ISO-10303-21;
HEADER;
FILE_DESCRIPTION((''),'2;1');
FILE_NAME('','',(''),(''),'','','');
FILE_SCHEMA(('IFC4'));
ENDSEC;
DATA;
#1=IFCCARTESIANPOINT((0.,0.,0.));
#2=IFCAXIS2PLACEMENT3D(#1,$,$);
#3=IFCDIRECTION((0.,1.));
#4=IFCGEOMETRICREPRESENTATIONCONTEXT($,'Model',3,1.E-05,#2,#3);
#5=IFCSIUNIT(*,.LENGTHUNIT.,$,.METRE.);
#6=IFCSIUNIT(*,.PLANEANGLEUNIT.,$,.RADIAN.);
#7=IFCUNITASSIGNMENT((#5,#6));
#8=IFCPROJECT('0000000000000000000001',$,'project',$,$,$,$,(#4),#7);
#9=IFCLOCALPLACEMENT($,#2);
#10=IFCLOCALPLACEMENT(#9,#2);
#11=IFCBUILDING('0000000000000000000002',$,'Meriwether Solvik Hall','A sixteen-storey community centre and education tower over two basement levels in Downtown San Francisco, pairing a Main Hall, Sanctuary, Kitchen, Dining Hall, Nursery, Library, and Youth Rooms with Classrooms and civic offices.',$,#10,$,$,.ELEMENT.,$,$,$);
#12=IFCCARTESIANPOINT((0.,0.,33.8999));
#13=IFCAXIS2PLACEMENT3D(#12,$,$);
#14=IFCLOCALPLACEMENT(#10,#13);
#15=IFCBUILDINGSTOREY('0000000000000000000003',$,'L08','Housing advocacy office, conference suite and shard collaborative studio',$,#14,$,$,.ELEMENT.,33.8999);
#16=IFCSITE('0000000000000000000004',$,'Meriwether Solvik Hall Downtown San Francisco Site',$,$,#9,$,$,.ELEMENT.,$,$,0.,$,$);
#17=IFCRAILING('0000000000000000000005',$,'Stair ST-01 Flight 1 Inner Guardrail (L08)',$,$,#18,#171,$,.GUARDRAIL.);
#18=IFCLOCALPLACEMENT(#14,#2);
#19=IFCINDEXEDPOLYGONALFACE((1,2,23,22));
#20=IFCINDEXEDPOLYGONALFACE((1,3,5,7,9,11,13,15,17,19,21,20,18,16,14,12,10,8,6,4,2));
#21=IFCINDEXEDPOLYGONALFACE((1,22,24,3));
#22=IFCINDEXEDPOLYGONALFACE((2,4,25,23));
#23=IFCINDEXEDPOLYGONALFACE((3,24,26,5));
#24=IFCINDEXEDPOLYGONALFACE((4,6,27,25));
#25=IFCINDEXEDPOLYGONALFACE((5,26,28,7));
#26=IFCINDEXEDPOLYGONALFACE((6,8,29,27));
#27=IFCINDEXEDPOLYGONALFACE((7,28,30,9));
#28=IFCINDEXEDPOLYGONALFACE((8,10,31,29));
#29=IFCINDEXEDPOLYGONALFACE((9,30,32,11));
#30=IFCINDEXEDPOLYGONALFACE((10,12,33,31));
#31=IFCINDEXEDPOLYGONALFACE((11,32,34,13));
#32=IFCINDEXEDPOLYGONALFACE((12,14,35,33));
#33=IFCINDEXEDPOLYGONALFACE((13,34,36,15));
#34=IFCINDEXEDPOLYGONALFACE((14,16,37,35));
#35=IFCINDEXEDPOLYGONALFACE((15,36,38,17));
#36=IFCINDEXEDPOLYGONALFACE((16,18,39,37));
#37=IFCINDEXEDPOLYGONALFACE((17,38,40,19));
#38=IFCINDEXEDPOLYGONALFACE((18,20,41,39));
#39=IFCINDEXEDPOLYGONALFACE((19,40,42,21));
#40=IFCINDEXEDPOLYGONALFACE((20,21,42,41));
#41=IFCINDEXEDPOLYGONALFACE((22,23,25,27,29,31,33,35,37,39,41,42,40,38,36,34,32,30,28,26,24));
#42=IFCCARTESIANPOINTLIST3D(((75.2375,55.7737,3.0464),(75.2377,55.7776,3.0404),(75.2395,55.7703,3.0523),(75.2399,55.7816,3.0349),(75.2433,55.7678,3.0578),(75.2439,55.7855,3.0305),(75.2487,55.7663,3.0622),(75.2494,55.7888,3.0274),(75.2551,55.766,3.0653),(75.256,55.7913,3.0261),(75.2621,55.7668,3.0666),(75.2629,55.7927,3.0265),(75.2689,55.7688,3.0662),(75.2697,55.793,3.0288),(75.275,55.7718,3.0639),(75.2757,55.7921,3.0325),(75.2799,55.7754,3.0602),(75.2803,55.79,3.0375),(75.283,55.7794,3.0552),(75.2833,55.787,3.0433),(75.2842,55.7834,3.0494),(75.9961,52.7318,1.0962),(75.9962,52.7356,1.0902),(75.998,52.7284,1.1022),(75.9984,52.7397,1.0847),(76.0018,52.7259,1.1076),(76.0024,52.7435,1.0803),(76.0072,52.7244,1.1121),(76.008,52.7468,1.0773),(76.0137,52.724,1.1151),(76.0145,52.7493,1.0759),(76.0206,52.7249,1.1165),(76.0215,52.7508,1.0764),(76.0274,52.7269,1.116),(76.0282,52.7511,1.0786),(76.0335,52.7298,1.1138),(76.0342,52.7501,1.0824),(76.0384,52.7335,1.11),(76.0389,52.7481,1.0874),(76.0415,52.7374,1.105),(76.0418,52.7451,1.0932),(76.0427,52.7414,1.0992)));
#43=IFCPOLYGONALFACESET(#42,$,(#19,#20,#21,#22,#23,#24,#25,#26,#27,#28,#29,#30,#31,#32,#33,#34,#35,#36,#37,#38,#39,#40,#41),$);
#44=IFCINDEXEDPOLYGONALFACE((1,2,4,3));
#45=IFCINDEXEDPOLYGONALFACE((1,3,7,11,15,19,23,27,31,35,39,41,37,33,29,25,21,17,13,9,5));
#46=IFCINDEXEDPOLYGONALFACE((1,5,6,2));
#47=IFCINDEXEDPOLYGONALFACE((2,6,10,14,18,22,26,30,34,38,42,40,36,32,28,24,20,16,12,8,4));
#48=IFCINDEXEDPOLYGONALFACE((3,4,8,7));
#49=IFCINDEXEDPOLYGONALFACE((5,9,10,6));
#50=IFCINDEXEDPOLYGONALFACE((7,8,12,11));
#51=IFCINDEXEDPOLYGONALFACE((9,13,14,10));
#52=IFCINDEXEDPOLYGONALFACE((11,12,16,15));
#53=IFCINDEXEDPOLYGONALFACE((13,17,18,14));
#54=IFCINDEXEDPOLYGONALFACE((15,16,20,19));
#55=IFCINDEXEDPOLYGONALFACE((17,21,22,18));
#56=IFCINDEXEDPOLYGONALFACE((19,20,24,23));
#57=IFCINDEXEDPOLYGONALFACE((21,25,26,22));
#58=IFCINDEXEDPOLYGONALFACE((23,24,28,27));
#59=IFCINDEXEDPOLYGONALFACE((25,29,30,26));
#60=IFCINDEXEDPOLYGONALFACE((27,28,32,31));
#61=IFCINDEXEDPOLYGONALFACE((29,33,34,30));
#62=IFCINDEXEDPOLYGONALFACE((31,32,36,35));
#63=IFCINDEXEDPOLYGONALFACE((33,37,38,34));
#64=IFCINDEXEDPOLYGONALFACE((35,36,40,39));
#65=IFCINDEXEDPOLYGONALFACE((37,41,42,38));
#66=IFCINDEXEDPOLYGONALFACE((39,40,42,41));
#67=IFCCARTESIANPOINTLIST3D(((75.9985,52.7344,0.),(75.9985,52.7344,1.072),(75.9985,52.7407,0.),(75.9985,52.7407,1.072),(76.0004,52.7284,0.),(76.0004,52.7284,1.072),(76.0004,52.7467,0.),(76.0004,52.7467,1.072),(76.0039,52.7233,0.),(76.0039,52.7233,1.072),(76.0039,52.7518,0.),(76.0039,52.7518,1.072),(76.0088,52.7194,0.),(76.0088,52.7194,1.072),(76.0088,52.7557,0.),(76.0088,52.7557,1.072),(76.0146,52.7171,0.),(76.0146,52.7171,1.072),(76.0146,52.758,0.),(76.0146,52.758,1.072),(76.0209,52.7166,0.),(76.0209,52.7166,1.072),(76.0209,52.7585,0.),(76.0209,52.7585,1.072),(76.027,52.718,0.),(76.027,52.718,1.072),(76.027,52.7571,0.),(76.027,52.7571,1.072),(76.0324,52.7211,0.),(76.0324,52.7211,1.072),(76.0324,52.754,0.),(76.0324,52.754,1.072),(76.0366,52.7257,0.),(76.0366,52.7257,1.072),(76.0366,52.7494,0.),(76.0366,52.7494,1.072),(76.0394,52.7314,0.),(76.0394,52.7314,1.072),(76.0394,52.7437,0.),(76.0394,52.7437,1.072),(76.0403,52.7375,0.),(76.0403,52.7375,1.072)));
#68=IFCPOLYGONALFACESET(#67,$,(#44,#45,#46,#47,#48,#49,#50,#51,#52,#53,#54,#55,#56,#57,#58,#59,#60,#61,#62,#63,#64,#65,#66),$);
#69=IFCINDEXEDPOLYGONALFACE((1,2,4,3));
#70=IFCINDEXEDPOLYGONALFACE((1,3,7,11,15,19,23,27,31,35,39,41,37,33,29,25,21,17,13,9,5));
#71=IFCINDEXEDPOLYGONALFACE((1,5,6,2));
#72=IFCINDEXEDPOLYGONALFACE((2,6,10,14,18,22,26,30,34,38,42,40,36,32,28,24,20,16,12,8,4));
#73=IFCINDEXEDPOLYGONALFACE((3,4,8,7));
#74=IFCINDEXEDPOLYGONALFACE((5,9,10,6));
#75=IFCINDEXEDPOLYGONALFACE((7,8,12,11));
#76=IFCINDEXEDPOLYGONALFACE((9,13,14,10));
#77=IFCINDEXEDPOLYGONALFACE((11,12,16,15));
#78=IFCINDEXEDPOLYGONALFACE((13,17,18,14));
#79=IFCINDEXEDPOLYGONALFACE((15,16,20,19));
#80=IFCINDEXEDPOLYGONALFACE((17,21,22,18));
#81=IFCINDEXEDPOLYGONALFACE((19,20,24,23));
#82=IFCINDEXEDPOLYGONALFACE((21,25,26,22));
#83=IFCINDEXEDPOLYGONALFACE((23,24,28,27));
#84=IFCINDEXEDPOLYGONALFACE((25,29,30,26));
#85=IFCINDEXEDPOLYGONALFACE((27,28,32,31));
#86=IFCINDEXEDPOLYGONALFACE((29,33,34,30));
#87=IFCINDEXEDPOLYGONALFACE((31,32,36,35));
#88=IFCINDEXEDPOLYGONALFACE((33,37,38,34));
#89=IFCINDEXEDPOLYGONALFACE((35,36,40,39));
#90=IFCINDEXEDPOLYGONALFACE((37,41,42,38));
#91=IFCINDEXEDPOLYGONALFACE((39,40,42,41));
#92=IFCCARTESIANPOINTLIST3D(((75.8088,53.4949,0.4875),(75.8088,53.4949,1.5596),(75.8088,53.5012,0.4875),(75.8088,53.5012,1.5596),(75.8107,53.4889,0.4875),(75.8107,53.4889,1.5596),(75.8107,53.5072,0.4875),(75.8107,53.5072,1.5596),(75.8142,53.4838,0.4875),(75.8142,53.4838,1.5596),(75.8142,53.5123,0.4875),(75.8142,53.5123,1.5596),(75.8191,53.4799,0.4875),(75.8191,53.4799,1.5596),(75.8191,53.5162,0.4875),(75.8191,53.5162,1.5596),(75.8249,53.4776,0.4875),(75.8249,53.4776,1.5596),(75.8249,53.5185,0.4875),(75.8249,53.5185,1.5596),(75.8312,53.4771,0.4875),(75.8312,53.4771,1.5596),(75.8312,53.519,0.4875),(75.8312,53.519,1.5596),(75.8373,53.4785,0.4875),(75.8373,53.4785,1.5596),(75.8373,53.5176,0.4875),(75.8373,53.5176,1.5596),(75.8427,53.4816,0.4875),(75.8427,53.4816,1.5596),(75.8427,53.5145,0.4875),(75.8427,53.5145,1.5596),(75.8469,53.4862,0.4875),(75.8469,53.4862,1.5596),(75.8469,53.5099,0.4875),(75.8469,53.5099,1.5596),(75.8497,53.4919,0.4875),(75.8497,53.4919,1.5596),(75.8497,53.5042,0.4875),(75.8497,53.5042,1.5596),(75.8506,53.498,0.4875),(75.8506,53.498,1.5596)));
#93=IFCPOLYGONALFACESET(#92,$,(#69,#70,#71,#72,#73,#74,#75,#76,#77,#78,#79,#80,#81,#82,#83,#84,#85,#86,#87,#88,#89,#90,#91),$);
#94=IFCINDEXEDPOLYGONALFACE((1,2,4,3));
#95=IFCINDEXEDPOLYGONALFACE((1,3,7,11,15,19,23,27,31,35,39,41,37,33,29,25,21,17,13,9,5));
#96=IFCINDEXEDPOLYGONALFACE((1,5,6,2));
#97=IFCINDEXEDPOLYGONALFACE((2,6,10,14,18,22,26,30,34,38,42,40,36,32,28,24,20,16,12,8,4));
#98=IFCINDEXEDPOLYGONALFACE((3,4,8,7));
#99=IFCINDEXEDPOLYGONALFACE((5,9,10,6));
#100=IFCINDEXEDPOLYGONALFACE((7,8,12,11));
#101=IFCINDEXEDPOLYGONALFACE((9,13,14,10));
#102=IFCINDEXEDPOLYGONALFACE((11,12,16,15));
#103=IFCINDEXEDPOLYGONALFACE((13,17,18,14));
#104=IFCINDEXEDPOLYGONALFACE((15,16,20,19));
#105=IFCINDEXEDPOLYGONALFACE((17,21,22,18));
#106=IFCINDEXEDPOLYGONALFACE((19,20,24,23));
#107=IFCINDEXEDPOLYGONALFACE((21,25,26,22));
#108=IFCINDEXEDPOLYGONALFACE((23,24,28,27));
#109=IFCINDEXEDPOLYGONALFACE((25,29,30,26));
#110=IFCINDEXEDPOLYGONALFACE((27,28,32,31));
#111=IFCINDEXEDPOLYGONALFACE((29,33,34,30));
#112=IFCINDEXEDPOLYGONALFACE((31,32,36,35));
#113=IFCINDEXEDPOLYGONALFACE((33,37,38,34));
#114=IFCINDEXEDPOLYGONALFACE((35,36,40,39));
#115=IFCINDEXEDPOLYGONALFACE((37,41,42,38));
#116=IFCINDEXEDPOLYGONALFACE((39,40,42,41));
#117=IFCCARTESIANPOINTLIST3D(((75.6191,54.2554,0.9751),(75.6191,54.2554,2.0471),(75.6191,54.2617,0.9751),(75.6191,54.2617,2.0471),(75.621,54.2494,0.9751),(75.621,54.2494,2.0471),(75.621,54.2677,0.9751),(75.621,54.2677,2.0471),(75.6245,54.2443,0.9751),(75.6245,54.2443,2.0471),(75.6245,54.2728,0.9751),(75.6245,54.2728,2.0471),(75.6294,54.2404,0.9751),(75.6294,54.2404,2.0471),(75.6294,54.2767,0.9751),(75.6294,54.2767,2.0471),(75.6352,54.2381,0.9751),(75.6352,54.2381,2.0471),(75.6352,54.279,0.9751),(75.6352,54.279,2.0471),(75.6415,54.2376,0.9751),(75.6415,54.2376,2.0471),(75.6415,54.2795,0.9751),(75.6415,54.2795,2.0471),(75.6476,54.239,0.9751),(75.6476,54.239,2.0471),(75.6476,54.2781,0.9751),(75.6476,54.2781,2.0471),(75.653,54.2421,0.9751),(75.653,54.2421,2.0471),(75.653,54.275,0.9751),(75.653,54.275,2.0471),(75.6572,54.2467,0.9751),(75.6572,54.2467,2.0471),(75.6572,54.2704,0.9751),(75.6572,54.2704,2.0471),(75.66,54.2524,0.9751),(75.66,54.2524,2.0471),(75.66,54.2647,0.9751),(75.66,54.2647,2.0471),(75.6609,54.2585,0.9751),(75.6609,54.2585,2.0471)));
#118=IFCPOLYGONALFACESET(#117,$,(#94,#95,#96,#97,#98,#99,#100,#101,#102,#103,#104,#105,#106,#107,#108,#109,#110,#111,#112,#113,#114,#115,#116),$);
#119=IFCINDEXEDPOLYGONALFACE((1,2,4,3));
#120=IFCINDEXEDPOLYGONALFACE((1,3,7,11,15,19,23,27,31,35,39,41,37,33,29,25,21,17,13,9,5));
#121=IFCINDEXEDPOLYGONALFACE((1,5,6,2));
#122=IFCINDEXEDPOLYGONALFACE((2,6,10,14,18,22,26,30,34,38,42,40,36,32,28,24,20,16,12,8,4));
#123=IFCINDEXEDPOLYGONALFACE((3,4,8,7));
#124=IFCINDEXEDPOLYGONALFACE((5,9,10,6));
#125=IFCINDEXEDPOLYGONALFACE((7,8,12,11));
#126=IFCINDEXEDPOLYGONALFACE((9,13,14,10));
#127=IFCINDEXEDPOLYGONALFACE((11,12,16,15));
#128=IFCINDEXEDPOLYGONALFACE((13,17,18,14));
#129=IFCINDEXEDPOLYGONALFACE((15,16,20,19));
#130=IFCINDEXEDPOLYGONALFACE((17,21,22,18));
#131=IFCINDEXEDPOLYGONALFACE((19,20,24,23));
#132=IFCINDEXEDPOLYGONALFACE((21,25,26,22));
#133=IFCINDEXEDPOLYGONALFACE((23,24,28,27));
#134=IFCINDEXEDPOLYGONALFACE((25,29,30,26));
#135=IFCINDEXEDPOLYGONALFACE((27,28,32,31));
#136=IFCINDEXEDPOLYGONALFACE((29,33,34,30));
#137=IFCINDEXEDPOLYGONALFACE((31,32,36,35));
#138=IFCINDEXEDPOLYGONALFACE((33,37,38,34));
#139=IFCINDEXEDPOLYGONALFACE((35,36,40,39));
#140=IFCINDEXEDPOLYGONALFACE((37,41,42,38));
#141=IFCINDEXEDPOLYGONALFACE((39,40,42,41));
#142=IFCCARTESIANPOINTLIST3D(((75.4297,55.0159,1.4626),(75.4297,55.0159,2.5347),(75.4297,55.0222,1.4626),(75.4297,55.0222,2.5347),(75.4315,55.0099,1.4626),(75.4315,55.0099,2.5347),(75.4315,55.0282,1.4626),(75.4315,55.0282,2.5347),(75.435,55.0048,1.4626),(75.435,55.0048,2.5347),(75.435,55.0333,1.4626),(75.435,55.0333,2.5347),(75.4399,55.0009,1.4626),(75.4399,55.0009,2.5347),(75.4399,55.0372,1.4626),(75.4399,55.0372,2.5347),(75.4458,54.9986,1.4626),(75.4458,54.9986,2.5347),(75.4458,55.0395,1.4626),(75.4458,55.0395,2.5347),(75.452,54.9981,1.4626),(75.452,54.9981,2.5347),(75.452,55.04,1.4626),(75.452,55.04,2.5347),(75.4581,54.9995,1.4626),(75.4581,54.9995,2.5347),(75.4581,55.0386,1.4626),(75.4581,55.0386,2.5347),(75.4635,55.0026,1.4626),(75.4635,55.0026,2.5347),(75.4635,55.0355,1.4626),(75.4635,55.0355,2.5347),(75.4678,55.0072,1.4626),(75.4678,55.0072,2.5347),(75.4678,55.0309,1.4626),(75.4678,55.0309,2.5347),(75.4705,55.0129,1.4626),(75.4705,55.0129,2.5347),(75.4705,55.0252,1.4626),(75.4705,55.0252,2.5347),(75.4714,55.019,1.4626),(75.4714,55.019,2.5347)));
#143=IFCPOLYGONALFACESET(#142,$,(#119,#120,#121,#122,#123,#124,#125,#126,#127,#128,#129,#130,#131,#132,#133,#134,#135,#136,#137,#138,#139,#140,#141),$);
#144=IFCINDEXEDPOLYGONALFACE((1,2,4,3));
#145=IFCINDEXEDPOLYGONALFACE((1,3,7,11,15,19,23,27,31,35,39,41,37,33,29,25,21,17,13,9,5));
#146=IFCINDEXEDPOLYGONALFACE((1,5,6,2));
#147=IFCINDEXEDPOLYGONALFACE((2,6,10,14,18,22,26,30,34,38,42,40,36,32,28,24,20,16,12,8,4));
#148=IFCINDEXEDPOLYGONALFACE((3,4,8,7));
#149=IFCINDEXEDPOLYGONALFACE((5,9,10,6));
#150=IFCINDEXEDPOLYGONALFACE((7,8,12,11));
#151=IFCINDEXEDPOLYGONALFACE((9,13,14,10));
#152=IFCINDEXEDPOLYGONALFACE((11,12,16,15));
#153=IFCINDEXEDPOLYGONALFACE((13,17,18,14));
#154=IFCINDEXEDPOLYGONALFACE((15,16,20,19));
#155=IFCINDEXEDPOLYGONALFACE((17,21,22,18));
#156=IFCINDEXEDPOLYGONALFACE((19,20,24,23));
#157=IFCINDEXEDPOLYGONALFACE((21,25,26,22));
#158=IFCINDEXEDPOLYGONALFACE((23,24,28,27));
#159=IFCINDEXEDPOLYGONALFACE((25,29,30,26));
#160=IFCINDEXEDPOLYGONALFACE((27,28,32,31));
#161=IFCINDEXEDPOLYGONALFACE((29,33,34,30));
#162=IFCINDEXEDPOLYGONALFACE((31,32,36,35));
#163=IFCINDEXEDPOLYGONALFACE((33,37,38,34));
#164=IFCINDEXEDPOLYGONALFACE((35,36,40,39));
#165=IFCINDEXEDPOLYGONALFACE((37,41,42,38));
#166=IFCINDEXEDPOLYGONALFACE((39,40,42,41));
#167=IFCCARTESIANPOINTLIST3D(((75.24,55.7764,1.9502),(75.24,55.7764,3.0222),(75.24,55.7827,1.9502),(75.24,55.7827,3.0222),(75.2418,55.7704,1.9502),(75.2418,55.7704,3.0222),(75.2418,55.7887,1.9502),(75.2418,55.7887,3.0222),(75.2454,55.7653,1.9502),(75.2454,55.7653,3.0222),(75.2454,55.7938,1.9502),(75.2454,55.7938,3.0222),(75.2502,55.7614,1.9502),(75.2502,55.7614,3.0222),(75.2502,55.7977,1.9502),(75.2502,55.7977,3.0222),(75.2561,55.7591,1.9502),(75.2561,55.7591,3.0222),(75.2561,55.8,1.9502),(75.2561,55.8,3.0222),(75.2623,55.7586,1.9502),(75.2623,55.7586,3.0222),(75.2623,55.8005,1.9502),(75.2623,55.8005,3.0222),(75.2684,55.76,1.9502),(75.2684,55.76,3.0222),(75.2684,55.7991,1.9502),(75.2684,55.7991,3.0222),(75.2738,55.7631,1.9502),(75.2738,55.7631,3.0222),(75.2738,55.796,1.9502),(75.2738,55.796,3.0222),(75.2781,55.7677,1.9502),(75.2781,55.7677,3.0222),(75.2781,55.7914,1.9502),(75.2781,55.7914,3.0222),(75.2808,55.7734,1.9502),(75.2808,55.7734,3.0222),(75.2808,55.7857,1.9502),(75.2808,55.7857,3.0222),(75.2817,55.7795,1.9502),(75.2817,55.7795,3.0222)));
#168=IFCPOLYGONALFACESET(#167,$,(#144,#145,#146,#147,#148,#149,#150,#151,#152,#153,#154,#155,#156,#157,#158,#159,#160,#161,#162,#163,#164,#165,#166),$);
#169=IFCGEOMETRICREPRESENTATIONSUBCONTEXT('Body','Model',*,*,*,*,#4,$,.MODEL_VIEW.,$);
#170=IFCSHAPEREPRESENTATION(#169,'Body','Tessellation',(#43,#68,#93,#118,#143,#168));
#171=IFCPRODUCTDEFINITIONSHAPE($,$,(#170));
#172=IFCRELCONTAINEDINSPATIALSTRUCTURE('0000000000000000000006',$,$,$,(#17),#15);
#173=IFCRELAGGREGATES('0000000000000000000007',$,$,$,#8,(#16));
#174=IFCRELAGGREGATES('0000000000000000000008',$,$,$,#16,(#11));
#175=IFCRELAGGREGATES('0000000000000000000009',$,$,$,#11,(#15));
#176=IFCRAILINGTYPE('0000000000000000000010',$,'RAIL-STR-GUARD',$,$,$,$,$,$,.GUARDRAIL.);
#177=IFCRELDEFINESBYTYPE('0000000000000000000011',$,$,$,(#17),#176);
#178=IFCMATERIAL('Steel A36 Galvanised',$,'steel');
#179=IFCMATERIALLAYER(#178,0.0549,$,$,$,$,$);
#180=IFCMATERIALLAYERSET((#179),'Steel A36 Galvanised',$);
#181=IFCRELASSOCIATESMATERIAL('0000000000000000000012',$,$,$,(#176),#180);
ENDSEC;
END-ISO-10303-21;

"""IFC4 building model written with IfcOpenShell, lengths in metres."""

from ifc_helpers import new_model, si_unit, direction, frame, origin, origin_2d, place, context, subcontext, project, spatial, circle, extrude, material, layer, layer_set, type_object, element, save


model = new_model("IFC4")

# Units and contexts
model_context = context("Model", 3, precision=1e-05, world=origin(), true_north=direction((0.0, 1.0)))
body_context = subcontext(model_context, "Body", "Model", "MODEL_VIEW")
ifc_project = project(units=[si_unit("LENGTHUNIT", "METRE"), si_unit("PLANEANGLEUNIT", "RADIAN")], contexts=[model_context])

# Site, building, storey
site_placement = place(None, origin())
site = spatial("IfcSite", under=ifc_project, at=site_placement, Name="Meriwether Solvik Hall Downtown San Francisco Site", CompositionType="ELEMENT", RefElevation=0.0)
building_placement = place(site_placement, origin())
building = spatial("IfcBuilding", under=site, at=building_placement, Name="Meriwether Solvik Hall", Description="A sixteen-storey community centre and education tower over two basement levels in Downtown San Francisco, pairing a Main Hall, Sanctuary, Kitchen, Dining Hall, Nursery, Library, and Youth Rooms with Classrooms and civic offices.", CompositionType="ELEMENT")
storey_placement = place(building_placement, frame((0.0, 0.0, 33.8999)))
storey = spatial("IfcBuildingStorey", under=building, at=storey_placement, Name="L08", Description="Housing advocacy office, conference suite and shard collaborative studio", CompositionType="ELEMENT", Elevation=33.8999)

# Railing
ifc_material_1 = material(Name="Steel A36 Galvanised", Category="steel")
ifc_layer_1 = layer(ifc_material_1, 0.0549)
ifc_layer_set_1 = layer_set([ifc_layer_1], Name="Steel A36 Galvanised")
railing_type_1 = type_object("IfcRailingType", Name="RAIL-STR-GUARD", PredefinedType="GUARDRAIL", material=ifc_layer_set_1)
railing_1_placement = place(storey_placement, frame((76.0193, 52.7375, 0.0)))
element("IfcRailing", 1, at=railing_1_placement, inside=storey, type_object=railing_type_1, Name="Stair ST-01 Flight 1 Inner Guardrail (L08)", PredefinedType="GUARDRAIL", context=body_context, shape_type="SweptSolid", body=[
    extrude(circle(Radius=0.0239, at=origin_2d()), frame((0.0, 0.0, 1.0962), z_axis=(-0.205445, 0.823896, 0.528193), x_axis=(-0.970289, -0.241949, 0.0)), (0.0, 0.0, 1.0), 3.6921),
    extrude(circle(Radius=0.021, at=origin_2d()), origin(), (0.0, 0.0, 1.0), 1.072),
    extrude(circle(Radius=0.021, at=origin_2d()), frame((-0.1897, 0.7605, 0.4875)), (0.0, 0.0, 1.0), 1.072),
    extrude(circle(Radius=0.021, at=origin_2d()), frame((-0.3794, 1.521, 0.9751)), (0.0, 0.0, 1.0), 1.072),
    extrude(circle(Radius=0.021, at=origin_2d()), frame((-0.5688, 2.2815, 1.4626)), (0.0, 0.0, 1.0), 1.072),
    extrude(circle(Radius=0.021, at=origin_2d()), frame((-0.7585, 3.042, 1.9502)), (0.0, 0.0, 1.0), 1.072),
])

save(model, "model.ifc")
